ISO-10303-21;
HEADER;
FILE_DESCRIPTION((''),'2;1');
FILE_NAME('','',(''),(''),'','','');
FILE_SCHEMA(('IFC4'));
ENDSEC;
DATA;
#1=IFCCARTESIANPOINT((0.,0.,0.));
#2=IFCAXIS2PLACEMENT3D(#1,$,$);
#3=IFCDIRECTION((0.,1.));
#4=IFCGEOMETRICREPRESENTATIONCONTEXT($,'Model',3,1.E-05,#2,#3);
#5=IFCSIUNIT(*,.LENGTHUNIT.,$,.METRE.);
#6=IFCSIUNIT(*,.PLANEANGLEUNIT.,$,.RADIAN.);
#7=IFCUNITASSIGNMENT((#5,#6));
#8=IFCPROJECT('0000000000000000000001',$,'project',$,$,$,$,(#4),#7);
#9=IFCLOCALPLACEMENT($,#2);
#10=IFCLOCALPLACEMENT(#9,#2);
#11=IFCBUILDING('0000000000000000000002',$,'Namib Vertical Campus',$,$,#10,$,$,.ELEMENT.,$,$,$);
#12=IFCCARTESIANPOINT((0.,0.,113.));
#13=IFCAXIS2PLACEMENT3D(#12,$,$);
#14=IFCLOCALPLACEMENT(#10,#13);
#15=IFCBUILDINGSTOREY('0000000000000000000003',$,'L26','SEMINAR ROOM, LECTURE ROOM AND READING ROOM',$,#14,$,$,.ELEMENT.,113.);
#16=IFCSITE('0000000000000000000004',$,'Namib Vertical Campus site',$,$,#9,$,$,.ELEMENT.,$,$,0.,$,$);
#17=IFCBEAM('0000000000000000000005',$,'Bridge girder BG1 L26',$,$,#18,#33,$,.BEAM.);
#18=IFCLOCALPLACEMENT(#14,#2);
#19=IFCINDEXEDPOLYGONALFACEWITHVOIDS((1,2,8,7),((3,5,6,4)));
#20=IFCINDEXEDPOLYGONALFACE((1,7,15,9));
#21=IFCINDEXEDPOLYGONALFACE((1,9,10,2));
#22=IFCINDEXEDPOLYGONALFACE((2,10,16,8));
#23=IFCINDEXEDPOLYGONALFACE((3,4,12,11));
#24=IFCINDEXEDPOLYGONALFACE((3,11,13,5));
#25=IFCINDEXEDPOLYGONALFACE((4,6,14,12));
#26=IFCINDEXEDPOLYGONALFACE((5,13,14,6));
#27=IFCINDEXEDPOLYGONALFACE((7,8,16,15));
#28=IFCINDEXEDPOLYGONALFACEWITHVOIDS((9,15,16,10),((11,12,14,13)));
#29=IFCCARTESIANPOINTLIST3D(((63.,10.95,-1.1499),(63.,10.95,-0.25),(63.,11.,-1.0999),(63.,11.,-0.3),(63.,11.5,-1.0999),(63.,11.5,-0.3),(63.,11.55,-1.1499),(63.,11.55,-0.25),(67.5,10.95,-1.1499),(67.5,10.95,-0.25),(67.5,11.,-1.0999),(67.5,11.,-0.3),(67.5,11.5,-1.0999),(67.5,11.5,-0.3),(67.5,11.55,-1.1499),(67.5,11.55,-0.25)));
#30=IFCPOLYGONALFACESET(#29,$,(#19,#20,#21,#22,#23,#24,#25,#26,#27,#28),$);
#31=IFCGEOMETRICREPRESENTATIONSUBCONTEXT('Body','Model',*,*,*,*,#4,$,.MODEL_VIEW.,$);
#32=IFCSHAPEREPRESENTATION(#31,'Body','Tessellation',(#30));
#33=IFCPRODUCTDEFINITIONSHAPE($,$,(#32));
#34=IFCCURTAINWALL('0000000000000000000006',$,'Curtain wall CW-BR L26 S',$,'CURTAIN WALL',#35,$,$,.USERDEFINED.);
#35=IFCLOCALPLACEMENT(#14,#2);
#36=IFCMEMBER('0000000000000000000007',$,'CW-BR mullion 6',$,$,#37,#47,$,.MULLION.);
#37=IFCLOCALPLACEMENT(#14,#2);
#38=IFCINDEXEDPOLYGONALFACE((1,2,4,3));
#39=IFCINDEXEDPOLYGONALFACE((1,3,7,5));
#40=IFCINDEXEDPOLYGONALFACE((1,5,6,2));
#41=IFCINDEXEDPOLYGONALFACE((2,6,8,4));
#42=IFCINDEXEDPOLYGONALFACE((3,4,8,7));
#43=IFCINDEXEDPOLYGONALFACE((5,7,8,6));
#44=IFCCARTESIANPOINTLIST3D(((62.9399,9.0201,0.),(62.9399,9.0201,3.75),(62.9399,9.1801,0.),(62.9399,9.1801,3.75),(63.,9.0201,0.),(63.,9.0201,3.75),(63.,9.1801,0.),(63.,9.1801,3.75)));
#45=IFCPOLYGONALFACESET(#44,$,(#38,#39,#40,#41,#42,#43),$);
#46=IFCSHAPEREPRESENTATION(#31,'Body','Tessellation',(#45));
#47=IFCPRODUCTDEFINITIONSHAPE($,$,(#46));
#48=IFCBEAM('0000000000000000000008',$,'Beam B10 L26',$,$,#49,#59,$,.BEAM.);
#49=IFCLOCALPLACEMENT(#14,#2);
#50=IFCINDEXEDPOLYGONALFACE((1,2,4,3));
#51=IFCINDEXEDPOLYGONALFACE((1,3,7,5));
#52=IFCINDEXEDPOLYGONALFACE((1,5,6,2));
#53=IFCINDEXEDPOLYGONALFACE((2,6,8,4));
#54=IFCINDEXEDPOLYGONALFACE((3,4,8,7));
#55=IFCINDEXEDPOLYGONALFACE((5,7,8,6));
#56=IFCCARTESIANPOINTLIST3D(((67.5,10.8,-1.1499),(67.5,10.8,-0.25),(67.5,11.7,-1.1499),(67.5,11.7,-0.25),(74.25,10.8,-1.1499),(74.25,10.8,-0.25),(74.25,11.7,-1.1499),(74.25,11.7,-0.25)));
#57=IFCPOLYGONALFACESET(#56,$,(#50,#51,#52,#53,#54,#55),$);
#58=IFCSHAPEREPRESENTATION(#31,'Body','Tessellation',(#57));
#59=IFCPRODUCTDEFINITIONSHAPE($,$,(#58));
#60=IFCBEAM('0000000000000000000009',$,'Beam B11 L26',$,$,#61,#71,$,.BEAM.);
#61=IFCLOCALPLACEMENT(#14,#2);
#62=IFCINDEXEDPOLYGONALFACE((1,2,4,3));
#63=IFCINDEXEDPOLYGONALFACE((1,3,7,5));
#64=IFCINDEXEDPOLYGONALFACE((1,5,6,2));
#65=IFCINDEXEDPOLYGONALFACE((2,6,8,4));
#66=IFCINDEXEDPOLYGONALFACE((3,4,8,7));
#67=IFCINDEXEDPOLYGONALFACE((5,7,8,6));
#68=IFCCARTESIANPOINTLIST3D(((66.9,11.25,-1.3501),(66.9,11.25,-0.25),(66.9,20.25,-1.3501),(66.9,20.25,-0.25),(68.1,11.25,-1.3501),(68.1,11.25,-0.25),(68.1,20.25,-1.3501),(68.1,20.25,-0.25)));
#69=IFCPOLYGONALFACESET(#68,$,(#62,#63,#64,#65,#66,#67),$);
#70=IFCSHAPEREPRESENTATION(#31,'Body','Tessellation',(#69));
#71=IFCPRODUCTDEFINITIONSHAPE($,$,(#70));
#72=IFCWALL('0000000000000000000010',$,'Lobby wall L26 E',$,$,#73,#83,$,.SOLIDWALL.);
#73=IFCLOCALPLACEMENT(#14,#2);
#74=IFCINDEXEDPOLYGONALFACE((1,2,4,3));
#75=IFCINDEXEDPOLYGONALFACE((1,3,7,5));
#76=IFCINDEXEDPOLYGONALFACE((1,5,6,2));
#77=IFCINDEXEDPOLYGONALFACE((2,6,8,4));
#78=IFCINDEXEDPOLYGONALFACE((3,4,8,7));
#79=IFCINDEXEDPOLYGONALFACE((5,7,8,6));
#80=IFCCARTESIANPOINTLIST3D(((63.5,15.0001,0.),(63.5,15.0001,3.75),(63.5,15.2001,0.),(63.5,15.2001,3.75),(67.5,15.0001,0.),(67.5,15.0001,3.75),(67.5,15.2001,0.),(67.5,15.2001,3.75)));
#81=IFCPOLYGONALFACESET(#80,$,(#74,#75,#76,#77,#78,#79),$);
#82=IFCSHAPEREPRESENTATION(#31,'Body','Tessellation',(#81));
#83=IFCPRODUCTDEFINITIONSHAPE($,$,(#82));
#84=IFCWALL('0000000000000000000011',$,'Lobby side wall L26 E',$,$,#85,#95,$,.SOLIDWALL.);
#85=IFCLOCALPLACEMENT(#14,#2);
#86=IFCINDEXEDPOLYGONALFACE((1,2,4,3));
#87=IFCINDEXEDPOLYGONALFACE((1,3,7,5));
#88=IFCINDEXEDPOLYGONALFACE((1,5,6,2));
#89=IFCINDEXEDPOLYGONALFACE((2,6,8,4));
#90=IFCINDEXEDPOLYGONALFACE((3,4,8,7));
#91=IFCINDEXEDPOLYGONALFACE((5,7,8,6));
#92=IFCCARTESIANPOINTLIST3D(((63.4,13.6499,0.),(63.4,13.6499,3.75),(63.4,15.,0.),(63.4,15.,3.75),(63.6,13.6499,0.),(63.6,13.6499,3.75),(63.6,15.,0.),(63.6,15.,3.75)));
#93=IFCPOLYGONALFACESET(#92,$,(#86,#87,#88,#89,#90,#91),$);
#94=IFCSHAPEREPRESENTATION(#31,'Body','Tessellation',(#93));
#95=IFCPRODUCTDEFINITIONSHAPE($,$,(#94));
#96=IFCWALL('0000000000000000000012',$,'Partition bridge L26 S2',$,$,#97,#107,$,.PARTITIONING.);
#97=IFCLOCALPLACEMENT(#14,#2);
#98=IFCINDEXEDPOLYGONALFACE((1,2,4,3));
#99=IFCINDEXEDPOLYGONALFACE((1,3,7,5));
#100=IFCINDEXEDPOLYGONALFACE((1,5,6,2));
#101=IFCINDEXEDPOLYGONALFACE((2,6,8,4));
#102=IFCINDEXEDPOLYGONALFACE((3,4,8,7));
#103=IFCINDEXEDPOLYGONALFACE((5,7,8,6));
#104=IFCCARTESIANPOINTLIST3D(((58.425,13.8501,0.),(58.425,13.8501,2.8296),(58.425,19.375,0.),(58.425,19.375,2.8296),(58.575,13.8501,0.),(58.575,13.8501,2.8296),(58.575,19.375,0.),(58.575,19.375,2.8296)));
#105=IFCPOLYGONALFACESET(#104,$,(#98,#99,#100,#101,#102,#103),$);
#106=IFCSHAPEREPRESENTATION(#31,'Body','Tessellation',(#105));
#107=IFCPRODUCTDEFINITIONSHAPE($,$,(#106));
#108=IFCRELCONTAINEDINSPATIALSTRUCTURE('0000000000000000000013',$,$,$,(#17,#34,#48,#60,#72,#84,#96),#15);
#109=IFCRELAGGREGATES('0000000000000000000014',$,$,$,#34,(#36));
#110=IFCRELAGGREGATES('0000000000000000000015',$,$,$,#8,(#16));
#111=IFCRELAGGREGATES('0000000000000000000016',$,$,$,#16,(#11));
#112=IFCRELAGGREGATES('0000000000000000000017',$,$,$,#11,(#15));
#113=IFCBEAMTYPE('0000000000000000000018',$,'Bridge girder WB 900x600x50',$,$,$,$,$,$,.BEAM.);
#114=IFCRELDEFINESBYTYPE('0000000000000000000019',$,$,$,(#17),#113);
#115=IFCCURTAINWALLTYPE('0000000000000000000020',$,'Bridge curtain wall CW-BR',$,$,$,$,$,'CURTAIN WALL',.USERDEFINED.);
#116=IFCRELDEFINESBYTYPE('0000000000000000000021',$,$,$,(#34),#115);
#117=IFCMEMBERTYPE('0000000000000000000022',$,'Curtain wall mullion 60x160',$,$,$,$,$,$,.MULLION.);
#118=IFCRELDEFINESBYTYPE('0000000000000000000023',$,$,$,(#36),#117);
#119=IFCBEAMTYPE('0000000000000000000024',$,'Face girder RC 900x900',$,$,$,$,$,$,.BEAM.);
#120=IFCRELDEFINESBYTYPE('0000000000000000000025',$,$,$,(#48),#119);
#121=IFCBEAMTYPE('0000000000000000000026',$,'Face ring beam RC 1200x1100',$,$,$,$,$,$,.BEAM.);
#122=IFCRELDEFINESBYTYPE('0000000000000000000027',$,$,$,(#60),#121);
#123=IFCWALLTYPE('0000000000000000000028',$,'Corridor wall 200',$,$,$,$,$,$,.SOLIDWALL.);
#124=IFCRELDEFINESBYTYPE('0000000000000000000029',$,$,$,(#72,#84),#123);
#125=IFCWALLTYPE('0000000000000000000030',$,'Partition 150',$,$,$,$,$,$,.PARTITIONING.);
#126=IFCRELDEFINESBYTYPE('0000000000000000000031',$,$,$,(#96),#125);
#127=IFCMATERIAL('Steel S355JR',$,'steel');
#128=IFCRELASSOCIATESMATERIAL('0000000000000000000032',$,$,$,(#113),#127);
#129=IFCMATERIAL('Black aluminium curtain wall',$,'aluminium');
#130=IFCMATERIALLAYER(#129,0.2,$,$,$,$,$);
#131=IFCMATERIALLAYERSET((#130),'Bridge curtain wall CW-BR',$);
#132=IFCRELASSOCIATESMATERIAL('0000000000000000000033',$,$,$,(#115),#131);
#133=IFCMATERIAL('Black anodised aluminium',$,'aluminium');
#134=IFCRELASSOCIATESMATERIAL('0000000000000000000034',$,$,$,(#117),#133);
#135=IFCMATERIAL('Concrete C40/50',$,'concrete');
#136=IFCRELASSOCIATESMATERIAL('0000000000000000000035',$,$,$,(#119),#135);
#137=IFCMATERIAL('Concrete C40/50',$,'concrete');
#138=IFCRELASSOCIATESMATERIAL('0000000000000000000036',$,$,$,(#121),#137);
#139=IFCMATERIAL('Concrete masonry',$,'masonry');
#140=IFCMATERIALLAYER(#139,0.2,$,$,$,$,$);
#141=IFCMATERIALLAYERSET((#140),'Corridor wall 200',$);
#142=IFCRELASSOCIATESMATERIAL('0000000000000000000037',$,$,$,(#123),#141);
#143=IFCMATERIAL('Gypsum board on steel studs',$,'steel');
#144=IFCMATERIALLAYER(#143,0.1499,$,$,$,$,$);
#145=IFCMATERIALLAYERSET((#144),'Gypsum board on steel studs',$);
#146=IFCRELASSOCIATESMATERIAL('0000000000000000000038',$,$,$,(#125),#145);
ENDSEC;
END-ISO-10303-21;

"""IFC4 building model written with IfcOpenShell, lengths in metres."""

from ifc_helpers import new_model, si_unit, direction, frame, frame_2d, origin, origin_2d, place, context, subcontext, project, spatial, rectangle, hollow_rectangle, extrude, material, layer, layer_set, material_profile, profile_set, type_object, element, aggregate, save


model = new_model("IFC4")

# Units and contexts
model_context = context("Model", 3, precision=1e-05, world=origin(), true_north=direction((0.0, 1.0)))
body_context = subcontext(model_context, "Body", "Model", "MODEL_VIEW")
ifc_project = project(units=[si_unit("LENGTHUNIT", "METRE"), si_unit("PLANEANGLEUNIT", "RADIAN")], contexts=[model_context])

# Site, building, storey
site_placement = place(None, origin())
site = spatial("IfcSite", under=ifc_project, at=site_placement, Name="Namib Vertical Campus site", CompositionType="ELEMENT", RefElevation=0.0)
building_placement = place(site_placement, origin())
building = spatial("IfcBuilding", under=site, at=building_placement, Name="Namib Vertical Campus", CompositionType="ELEMENT")
storey_placement = place(building_placement, frame((0.0, 0.0, 113.0)))
storey = spatial("IfcBuildingStorey", under=building, at=storey_placement, Name="L26", Description="SEMINAR ROOM, LECTURE ROOM AND READING ROOM", CompositionType="ELEMENT", Elevation=113.0)

# Beam
ifc_material_1 = material(Name="Steel S355JR", Category="steel")
ifc_material_profile_1 = material_profile(ifc_material_1, hollow_rectangle(XDim=0.6001, YDim=0.8999, WallThickness=0.05, at=origin_2d()))
ifc_profile_set_1 = profile_set([ifc_material_profile_1], Name="Steel S355JR")
beam_type_1 = type_object("IfcBeamType", Name="Bridge girder WB 900x600x50", PredefinedType="BEAM", material=ifc_profile_set_1)
for number, where, z_axis, x_axis, name in (
    (1, (63.0, 11.25, -0.7), (1.0, 0.0, 0.0), (0.0, 1.0, 0.0), "Bridge girder BG1 L26"),
):
    element("IfcBeam", number, at=place(storey_placement, frame(where, z_axis=z_axis, x_axis=x_axis)), inside=storey, type_object=beam_type_1, Name=name, PredefinedType="BEAM", context=body_context, shape_type="SweptSolid", body=[
        extrude(hollow_rectangle(XDim=0.6001, YDim=0.8999, WallThickness=0.05, at=origin_2d()), origin(), (0.0, 0.0, 1.0), 4.5),
    ])

# Curtain wall, member
ifc_material_2 = material(Name="Black aluminium curtain wall", Category="aluminium")
ifc_layer_1 = layer(ifc_material_2, 0.2)
ifc_layer_set_1 = layer_set([ifc_layer_1], Name="Bridge curtain wall CW-BR")
curtain_wall_type = type_object("IfcCurtainWallType", Name="Bridge curtain wall CW-BR", ElementType="CURTAIN WALL", PredefinedType="USERDEFINED", material=ifc_layer_set_1)
curtain_wall_placement = place(storey_placement, origin())
curtain_wall = element("IfcCurtainWall", 2, at=curtain_wall_placement, inside=storey, type_object=curtain_wall_type, Name="Curtain wall CW-BR L26 S", ObjectType="CURTAIN WALL", PredefinedType="USERDEFINED")
ifc_material_3 = material(Name="Black anodised aluminium", Category="aluminium")
ifc_material_profile_2 = material_profile(ifc_material_3, rectangle(XDim=0.0601, YDim=0.1599, at=origin_2d()))
ifc_profile_set_2 = profile_set([ifc_material_profile_2], Name="Black anodised aluminium")
member_type_1 = type_object("IfcMemberType", Name="Curtain wall mullion 60x160", PredefinedType="MULLION", material=ifc_profile_set_2)
member_placement = place(storey_placement, frame((62.97, 9.1001, 0.0), z_axis=(0.0, 0.0, 1.0), x_axis=(1.0, 0.0, 0.0)))
member = element("IfcMember", 3, at=member_placement, type_object=member_type_1, Name="CW-BR mullion 6", PredefinedType="MULLION", context=body_context, shape_type="SweptSolid", body=[
    extrude(rectangle(XDim=0.0601, YDim=0.1599, at=origin_2d()), origin(), (0.0, 0.0, 1.0), 3.75),
])
aggregate(curtain_wall, [member])

# Beams
ifc_material_4 = material(Name="Concrete C40/50", Category="concrete")
ifc_material_profile_3 = material_profile(ifc_material_4, rectangle(XDim=0.8999, YDim=0.8999, at=origin_2d()))
ifc_profile_set_3 = profile_set([ifc_material_profile_3], Name="Concrete C40/50")
beam_type_2 = type_object("IfcBeamType", Name="Face girder RC 900x900", PredefinedType="BEAM", material=ifc_profile_set_3)
beam_1_placement = place(storey_placement, frame((67.5, 11.25, -0.7), z_axis=(1.0, 0.0, 0.0), x_axis=(0.0, 1.0, 0.0)))
element("IfcBeam", 4, at=beam_1_placement, inside=storey, type_object=beam_type_2, Name="Beam B10 L26", PredefinedType="BEAM", context=body_context, shape_type="SweptSolid", body=[
    extrude(rectangle(XDim=0.8999, YDim=0.8999, at=origin_2d()), origin(), (0.0, 0.0, 1.0), 6.75),
])
ifc_material_5 = material(Name="Concrete C40/50", Category="concrete")
ifc_material_profile_4 = material_profile(ifc_material_5, rectangle(XDim=1.2, YDim=1.1001, at=origin_2d()))
ifc_profile_set_4 = profile_set([ifc_material_profile_4], Name="Concrete C40/50")
beam_type_3 = type_object("IfcBeamType", Name="Face ring beam RC 1200x1100", PredefinedType="BEAM", material=ifc_profile_set_4)
beam_2_placement = place(storey_placement, frame((67.5, 11.25, -0.8), z_axis=(0.0, 1.0, 0.0), x_axis=(-1.0, 0.0, 0.0)))
element("IfcBeam", 5, at=beam_2_placement, inside=storey, type_object=beam_type_3, Name="Beam B11 L26", PredefinedType="BEAM", context=body_context, shape_type="SweptSolid", body=[
    extrude(rectangle(XDim=1.2, YDim=1.1001, at=origin_2d()), origin(), (0.0, 0.0, 1.0), 9.0),
])

# Walls
ifc_material_6 = material(Name="Concrete masonry", Category="masonry")
ifc_layer_2 = layer(ifc_material_6, 0.2)
ifc_layer_set_2 = layer_set([ifc_layer_2], Name="Corridor wall 200")
wall_type_1 = type_object("IfcWallType", Name="Corridor wall 200", PredefinedType="SOLIDWALL", material=ifc_layer_set_2)
wall_1_placement = place(storey_placement, frame((63.5, 15.1001, 0.0), z_axis=(0.0, 0.0, 1.0), x_axis=(1.0, 0.0, 0.0)))
element("IfcWall", 6, at=wall_1_placement, inside=storey, type_object=wall_type_1, Name="Lobby wall L26 E", PredefinedType="SOLIDWALL", context=body_context, shape_type="SweptSolid", body=[
    extrude(rectangle(XDim=4.0, YDim=0.2, at=frame_2d((2.0, 0.0))), origin(), (0.0, 0.0, 1.0), 3.75),
])
wall_2_placement = place(storey_placement, frame((63.5, 13.6499, 0.0), z_axis=(0.0, 0.0, 1.0), x_axis=(0.0, 1.0, 0.0)))
element("IfcWall", 7, at=wall_2_placement, inside=storey, type_object=wall_type_1, Name="Lobby side wall L26 E", PredefinedType="SOLIDWALL", context=body_context, shape_type="SweptSolid", body=[
    extrude(rectangle(XDim=1.3501, YDim=0.2, at=frame_2d((0.675, 0.0))), origin(), (0.0, 0.0, 1.0), 3.75),
])
ifc_material_7 = material(Name="Gypsum board on steel studs", Category="steel")
ifc_layer_3 = layer(ifc_material_7, 0.1499)
ifc_layer_set_3 = layer_set([ifc_layer_3], Name="Gypsum board on steel studs")
wall_type_2 = type_object("IfcWallType", Name="Partition 150", PredefinedType="PARTITIONING", material=ifc_layer_set_3)
wall_3_placement = place(storey_placement, frame((58.5, 13.8501, 0.0), z_axis=(0.0, 0.0, 1.0), x_axis=(0.0, 1.0, 0.0)))
element("IfcWall", 8, at=wall_3_placement, inside=storey, type_object=wall_type_2, Name="Partition bridge L26 S2", PredefinedType="PARTITIONING", context=body_context, shape_type="SweptSolid", body=[
    extrude(rectangle(XDim=5.5249, YDim=0.1499, at=frame_2d((2.7625, 0.0))), origin(), (0.0, 0.0, 1.0), 2.8296),
])

save(model, "model.ifc")
